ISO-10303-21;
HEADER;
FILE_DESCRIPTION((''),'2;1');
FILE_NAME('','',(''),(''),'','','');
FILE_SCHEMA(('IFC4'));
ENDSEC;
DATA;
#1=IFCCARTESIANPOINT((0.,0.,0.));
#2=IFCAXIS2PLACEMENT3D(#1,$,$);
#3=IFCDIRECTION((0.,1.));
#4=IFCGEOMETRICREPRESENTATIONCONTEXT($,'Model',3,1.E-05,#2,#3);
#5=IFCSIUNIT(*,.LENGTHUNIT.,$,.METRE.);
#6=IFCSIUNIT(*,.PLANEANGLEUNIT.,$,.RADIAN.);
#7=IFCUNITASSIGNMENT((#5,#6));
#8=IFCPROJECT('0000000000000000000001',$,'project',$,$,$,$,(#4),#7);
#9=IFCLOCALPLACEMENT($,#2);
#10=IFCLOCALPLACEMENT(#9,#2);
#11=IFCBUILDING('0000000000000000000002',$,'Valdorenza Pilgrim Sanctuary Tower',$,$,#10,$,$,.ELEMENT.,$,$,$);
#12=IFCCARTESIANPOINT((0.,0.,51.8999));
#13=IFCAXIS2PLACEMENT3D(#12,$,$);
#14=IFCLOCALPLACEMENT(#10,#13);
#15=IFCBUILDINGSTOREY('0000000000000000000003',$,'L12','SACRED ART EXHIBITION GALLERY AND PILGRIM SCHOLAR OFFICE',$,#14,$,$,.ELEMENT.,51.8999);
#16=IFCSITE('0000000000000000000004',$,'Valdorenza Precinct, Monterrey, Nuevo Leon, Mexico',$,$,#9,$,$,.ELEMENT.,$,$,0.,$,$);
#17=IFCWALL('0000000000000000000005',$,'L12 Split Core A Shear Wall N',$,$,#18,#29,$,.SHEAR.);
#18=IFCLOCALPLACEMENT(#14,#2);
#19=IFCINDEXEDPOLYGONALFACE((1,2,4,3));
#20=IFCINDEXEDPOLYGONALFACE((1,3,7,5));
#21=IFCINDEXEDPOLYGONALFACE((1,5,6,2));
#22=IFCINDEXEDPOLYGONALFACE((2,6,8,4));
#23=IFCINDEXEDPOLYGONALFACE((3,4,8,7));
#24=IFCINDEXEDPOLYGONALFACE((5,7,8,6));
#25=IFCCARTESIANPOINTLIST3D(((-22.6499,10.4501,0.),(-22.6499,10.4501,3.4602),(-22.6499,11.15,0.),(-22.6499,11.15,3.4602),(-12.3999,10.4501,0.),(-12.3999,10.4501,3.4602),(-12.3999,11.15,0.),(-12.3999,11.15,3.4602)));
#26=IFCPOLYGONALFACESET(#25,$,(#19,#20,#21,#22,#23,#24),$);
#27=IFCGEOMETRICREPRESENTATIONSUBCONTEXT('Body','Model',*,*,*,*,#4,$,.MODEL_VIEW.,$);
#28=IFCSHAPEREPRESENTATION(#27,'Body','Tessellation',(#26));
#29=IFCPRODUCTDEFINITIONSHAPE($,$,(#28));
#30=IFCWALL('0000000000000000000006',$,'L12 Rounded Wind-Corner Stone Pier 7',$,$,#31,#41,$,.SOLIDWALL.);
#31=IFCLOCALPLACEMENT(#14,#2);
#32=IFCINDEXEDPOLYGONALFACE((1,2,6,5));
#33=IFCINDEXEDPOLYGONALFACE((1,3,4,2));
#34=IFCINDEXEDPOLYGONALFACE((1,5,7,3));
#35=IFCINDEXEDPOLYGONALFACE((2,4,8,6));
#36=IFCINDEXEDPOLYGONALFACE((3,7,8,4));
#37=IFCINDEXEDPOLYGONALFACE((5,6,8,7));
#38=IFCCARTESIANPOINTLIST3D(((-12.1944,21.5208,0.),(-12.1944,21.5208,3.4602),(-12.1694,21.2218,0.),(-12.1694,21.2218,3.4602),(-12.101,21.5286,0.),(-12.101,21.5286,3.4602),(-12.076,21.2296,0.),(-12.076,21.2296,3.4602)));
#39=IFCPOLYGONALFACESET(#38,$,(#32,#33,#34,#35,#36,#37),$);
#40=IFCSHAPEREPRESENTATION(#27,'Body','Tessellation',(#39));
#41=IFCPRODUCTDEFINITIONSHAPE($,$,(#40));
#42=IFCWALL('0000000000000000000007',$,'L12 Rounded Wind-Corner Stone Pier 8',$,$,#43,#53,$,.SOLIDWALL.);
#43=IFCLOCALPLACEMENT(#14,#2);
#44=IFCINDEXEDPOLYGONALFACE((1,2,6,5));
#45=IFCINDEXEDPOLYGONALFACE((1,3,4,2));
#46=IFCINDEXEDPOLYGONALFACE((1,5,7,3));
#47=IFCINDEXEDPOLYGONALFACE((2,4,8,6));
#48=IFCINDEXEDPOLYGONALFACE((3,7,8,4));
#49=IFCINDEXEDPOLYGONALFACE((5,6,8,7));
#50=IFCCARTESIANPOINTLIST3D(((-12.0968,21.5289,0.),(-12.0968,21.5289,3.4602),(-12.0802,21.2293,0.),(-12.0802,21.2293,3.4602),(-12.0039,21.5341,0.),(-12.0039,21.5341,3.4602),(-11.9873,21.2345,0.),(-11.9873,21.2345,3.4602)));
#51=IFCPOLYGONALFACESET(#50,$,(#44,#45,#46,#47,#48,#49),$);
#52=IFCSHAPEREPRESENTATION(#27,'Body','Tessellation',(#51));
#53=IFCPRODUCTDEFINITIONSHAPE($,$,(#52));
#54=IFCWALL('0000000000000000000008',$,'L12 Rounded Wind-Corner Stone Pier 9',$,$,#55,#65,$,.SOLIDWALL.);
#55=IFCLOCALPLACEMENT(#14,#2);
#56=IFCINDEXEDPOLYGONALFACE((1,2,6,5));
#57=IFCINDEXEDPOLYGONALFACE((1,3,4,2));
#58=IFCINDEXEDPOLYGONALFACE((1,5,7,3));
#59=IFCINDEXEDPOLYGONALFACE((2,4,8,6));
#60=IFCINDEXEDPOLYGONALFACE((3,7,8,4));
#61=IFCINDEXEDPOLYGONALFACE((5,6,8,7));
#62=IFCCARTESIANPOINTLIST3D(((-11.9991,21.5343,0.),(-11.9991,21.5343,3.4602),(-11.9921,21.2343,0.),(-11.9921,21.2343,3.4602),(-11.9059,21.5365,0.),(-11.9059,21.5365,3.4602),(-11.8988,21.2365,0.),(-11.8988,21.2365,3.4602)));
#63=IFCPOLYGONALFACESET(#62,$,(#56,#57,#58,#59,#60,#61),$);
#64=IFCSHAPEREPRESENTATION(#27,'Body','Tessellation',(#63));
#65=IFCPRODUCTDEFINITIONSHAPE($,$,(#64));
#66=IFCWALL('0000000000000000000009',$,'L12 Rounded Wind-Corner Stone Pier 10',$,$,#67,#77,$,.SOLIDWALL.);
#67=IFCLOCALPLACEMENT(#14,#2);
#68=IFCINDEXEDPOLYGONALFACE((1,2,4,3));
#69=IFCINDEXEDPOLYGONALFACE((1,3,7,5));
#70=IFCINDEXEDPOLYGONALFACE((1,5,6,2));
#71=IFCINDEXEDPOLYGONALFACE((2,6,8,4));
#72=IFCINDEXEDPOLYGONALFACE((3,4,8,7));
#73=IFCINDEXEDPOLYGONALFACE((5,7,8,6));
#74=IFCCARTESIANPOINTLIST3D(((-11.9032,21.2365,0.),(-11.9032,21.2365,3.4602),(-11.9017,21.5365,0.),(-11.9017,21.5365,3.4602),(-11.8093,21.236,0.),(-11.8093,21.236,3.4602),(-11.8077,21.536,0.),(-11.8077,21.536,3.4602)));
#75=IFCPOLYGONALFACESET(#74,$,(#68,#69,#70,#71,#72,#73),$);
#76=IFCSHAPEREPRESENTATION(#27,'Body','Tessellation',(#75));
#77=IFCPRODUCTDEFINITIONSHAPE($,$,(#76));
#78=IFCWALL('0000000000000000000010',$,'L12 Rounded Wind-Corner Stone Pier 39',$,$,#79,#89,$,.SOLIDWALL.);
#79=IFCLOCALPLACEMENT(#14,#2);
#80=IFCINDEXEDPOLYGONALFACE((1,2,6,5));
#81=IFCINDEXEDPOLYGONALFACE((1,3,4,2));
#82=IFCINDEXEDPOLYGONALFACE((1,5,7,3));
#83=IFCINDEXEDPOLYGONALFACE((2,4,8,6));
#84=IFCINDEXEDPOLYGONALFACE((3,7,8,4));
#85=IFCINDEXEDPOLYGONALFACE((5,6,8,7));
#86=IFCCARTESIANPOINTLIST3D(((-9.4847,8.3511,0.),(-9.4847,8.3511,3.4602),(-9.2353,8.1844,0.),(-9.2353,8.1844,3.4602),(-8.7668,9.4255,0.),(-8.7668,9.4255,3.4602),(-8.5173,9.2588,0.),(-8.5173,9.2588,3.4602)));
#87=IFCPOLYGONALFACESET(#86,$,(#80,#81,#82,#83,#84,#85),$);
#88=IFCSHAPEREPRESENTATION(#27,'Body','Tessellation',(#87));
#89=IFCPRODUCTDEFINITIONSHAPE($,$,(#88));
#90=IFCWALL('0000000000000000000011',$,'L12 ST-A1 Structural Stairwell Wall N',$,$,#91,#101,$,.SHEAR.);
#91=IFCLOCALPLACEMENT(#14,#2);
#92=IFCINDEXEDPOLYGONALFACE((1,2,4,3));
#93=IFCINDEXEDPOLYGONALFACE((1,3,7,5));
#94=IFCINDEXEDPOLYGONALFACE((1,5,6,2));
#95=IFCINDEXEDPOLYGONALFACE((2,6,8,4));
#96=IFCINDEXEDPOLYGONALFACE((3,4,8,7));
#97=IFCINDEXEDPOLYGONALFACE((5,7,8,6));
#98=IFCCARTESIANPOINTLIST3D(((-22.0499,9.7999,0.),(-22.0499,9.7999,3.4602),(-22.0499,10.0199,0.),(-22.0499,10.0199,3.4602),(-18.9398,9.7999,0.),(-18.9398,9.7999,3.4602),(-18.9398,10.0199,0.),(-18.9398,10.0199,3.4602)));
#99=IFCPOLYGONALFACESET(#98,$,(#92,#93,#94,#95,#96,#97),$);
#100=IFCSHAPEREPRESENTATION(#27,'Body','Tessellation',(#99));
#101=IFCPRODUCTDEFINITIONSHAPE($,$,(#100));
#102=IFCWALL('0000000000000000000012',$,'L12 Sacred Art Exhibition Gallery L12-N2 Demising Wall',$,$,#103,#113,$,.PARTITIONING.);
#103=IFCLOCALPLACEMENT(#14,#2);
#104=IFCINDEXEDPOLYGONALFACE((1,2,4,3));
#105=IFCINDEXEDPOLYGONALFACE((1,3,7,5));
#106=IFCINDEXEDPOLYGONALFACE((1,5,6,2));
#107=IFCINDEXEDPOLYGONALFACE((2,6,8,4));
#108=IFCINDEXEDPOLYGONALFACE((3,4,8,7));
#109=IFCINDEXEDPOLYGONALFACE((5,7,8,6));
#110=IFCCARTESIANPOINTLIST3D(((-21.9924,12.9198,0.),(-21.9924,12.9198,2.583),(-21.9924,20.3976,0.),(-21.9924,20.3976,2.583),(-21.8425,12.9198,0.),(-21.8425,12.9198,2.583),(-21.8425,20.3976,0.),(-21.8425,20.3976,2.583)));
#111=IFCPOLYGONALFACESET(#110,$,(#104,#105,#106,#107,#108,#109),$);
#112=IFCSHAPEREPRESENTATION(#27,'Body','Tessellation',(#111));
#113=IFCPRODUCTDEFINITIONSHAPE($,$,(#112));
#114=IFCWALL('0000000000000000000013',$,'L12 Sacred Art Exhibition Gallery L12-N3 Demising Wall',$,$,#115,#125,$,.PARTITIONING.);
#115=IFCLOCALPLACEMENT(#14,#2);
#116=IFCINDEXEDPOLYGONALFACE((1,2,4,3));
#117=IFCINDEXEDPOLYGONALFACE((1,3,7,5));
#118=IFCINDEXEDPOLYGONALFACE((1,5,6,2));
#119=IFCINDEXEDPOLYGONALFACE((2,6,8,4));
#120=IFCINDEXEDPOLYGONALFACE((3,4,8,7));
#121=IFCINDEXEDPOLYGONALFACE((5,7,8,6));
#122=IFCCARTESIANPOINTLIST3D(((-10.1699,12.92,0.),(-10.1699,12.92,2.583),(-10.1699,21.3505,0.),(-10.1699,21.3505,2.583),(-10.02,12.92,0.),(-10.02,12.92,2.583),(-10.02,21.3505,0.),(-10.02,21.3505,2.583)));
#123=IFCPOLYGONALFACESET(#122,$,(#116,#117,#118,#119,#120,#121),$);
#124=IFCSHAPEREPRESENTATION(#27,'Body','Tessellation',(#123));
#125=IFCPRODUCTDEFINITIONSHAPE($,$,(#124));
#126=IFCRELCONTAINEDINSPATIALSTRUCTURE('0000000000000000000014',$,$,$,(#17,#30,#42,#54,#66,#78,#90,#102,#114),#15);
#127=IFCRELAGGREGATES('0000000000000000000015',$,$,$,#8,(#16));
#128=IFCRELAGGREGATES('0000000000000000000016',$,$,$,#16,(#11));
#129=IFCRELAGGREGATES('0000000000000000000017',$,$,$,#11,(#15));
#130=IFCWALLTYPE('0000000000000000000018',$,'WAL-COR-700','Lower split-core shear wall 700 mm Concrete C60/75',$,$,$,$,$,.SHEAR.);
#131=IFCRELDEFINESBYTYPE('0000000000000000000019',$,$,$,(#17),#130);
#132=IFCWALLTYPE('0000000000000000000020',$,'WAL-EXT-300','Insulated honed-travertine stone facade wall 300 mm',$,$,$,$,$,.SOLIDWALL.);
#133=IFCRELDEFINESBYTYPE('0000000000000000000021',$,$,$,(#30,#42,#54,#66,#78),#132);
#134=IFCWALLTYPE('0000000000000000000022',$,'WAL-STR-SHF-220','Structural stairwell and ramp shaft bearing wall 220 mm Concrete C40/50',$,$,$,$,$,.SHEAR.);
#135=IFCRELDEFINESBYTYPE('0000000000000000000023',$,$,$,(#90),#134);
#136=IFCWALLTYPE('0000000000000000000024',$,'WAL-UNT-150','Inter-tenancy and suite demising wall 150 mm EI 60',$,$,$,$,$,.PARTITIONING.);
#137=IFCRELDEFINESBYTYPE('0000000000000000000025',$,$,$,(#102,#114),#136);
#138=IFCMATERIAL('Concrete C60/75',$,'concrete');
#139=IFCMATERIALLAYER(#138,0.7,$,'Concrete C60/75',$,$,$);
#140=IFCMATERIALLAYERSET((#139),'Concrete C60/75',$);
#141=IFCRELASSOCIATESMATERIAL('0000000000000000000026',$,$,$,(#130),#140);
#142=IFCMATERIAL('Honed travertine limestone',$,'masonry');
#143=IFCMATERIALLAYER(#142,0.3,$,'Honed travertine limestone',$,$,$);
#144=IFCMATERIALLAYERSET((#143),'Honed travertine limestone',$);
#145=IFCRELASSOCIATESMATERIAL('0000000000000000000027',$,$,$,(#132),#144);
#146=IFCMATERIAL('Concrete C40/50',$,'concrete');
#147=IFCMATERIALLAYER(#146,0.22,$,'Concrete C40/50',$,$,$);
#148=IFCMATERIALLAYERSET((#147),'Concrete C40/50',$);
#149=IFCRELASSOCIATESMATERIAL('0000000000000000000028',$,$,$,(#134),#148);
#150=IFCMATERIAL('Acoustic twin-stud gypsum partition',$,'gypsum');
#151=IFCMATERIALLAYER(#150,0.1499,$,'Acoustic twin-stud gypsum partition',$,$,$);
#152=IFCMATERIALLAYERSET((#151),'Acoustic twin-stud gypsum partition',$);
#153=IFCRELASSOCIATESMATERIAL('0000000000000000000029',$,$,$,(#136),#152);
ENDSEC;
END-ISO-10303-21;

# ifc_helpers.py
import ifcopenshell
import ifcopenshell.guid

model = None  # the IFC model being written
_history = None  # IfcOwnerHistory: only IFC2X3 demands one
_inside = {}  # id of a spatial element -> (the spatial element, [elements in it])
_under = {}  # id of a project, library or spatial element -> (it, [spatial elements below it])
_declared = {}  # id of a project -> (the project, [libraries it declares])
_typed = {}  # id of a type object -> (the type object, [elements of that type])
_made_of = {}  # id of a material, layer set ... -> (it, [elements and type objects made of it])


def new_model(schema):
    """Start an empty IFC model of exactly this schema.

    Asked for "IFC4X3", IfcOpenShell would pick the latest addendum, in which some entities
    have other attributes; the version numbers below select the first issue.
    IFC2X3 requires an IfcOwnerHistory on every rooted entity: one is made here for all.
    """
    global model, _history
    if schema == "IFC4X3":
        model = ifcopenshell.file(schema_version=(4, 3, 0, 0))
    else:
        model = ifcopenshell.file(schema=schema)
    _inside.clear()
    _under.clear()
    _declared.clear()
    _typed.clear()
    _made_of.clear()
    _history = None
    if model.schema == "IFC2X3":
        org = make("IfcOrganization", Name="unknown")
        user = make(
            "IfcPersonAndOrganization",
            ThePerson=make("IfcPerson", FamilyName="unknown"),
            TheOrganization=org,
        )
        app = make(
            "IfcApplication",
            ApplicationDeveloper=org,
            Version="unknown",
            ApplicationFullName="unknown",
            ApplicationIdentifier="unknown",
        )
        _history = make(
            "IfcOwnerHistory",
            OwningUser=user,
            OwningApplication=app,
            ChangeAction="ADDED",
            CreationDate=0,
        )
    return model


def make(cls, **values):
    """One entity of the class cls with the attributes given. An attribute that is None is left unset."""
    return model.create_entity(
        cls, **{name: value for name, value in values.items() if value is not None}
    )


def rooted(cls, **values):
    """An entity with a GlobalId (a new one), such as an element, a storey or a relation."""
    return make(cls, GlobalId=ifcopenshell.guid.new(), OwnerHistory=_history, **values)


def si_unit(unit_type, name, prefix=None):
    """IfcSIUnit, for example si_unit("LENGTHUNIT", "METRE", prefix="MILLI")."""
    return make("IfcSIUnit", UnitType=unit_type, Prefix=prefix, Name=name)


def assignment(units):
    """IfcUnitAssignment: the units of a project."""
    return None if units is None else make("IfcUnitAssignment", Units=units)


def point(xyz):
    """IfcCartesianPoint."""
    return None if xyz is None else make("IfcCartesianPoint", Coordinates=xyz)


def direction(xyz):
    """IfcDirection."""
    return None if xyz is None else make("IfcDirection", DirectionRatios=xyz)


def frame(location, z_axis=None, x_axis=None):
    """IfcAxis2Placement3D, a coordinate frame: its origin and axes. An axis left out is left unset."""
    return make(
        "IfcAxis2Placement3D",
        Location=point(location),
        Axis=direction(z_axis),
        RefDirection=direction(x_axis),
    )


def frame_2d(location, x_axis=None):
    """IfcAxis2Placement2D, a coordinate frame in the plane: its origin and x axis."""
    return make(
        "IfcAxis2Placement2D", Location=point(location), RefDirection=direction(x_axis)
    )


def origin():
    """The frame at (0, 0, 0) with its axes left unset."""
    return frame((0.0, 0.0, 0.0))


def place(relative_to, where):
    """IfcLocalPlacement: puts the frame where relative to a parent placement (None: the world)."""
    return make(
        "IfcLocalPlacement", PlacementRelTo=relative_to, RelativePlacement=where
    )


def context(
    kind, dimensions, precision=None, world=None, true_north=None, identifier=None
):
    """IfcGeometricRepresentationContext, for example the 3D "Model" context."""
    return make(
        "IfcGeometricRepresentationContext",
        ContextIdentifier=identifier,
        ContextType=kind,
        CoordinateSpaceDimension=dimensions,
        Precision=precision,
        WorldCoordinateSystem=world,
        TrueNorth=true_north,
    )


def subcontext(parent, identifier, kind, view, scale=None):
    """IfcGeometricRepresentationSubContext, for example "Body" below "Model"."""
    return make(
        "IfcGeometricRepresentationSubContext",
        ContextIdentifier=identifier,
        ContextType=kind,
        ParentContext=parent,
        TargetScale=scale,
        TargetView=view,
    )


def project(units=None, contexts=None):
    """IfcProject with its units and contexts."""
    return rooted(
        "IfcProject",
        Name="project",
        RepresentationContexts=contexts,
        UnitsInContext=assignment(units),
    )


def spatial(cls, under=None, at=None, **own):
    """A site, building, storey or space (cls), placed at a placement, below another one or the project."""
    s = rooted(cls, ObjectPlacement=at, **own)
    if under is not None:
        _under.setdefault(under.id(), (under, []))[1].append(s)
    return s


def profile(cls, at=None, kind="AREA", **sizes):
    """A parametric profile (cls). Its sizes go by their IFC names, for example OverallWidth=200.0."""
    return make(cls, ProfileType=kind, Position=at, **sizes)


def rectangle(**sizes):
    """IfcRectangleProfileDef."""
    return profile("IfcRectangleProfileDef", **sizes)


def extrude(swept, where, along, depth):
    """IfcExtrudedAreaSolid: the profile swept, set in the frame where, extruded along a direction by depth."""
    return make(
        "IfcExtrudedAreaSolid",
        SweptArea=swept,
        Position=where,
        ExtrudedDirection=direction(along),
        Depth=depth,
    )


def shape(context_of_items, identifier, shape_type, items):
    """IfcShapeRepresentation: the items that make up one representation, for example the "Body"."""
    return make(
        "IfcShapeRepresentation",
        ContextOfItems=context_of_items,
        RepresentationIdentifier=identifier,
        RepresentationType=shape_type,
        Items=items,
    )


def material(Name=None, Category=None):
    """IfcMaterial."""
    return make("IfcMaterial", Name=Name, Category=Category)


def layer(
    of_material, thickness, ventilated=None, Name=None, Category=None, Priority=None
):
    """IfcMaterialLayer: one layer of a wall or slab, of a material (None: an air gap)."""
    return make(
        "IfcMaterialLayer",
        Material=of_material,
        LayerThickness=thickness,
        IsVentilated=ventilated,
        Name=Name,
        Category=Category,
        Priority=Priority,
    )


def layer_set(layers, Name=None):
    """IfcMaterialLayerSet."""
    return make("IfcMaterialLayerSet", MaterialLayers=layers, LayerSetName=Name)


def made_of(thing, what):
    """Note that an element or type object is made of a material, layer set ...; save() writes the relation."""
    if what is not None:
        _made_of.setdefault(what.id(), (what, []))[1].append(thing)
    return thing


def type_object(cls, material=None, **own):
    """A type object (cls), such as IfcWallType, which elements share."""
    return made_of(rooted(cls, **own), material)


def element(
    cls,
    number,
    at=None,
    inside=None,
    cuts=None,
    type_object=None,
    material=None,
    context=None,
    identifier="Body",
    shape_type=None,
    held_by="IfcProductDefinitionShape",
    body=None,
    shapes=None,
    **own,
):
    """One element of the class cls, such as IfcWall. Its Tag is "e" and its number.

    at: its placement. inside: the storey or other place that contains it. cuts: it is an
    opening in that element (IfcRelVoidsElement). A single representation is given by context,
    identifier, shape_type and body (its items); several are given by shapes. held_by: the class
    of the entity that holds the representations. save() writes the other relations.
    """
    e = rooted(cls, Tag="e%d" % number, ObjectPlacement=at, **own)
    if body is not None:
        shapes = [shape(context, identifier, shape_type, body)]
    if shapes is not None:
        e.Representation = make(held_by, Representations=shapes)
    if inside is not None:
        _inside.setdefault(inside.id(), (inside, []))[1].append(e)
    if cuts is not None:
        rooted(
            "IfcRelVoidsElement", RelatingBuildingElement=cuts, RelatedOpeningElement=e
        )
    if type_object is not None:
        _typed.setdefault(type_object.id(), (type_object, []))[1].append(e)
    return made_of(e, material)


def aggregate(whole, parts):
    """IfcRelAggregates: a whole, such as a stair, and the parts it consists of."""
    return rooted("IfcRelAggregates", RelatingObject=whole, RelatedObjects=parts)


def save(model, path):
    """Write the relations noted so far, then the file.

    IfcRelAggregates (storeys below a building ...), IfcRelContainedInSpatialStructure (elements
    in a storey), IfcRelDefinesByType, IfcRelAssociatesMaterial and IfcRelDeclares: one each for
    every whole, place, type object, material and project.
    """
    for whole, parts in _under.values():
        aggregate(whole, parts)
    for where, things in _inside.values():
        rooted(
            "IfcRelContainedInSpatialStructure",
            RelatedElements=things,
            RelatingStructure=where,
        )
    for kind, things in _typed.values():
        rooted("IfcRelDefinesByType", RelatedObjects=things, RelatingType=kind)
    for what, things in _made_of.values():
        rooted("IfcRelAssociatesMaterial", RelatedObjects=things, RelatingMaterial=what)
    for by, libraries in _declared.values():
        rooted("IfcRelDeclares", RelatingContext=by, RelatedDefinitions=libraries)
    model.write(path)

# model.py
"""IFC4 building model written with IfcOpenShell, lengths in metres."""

from ifc_helpers import new_model, si_unit, direction, frame, frame_2d, origin, place, context, subcontext, project, spatial, rectangle, extrude, material, layer, layer_set, type_object, element, save


model = new_model("IFC4")

# Units and contexts
model_context = context("Model", 3, precision=1e-05, world=origin(), true_north=direction((0.0, 1.0)))
body_context = subcontext(model_context, "Body", "Model", "MODEL_VIEW")
ifc_project = project(units=[si_unit("LENGTHUNIT", "METRE"), si_unit("PLANEANGLEUNIT", "RADIAN")], contexts=[model_context])

# Site, building, storey
site_placement = place(None, origin())
site = spatial("IfcSite", under=ifc_project, at=site_placement, Name="Valdorenza Precinct, Monterrey, Nuevo Leon, Mexico", CompositionType="ELEMENT", RefElevation=0.0)
building_placement = place(site_placement, origin())
building = spatial("IfcBuilding", under=site, at=building_placement, Name="Valdorenza Pilgrim Sanctuary Tower", CompositionType="ELEMENT")
storey_placement = place(building_placement, frame((0.0, 0.0, 51.8999)))
storey = spatial("IfcBuildingStorey", under=building, at=storey_placement, Name="L12", Description="SACRED ART EXHIBITION GALLERY AND PILGRIM SCHOLAR OFFICE", CompositionType="ELEMENT", Elevation=51.8999)

# Shared definitions
ifc_material_1 = material(Name="Concrete C60/75", Category="concrete")

# Shared definitions
ifc_material_2 = material(Name="Honed travertine limestone", Category="masonry")

# Walls
ifc_material_3 = material(Name="Acoustic twin-stud gypsum partition", Category="gypsum")
ifc_layer_1 = layer(ifc_material_1, 0.7, Name="Concrete C60/75")
ifc_layer_set_1 = layer_set([ifc_layer_1], Name="Concrete C60/75")
wall_type_1 = type_object("IfcWallType", Name="WAL-COR-700", Description="Lower split-core shear wall 700 mm Concrete C60/75", PredefinedType="SHEAR", material=ifc_layer_set_1)
wall_1_placement = place(storey_placement, frame((-22.6499, 10.8, 0.0), z_axis=(0.0, 0.0, 1.0), x_axis=(1.0, 0.0, 0.0)))
element("IfcWall", 1, at=wall_1_placement, inside=storey, type_object=wall_type_1, Name="L12 Split Core A Shear Wall N", PredefinedType="SHEAR", context=body_context, shape_type="SweptSolid", body=[
    extrude(rectangle(XDim=10.25, YDim=0.7, at=frame_2d((5.125, 0.0))), origin(), (0.0, 0.0, 1.0), 3.4602),
])
ifc_layer_2 = layer(ifc_material_2, 0.3, Name="Honed travertine limestone")
ifc_layer_set_2 = layer_set([ifc_layer_2], Name="Honed travertine limestone")
wall_type_2 = type_object("IfcWallType", Name="WAL-EXT-300", Description="Insulated honed-travertine stone facade wall 300 mm", PredefinedType="SOLIDWALL", material=ifc_layer_set_2)
wall_2_placement = place(storey_placement, frame((-12.1819, 21.3713, 0.0), z_axis=(0.0, 0.0, 1.0), x_axis=(0.996528, 0.083261, 0.0)))
element("IfcWall", 2, at=wall_2_placement, inside=storey, type_object=wall_type_2, Name="L12 Rounded Wind-Corner Stone Pier 7", PredefinedType="SOLIDWALL", context=body_context, shape_type="SweptSolid", body=[
    extrude(rectangle(XDim=0.0938, YDim=0.3, at=frame_2d((0.0469, 0.0))), origin(), (0.0, 0.0, 1.0), 3.4602),
])
wall_3_placement = place(storey_placement, frame((-12.0884, 21.3792, 0.0), z_axis=(0.0, 0.0, 1.0), x_axis=(0.998476, 0.055179, 0.0)))
element("IfcWall", 3, at=wall_3_placement, inside=storey, type_object=wall_type_2, Name="L12 Rounded Wind-Corner Stone Pier 8", PredefinedType="SOLIDWALL", context=body_context, shape_type="SweptSolid", body=[
    extrude(rectangle(XDim=0.093, YDim=0.3, at=frame_2d((0.0464, 0.0))), origin(), (0.0, 0.0, 1.0), 3.4602),
])
wall_4_placement = place(storey_placement, frame((-11.9956, 21.3843, 0.0), z_axis=(0.0, 0.0, 1.0), x_axis=(0.999723, 0.023554, 0.0)))
element("IfcWall", 4, at=wall_4_placement, inside=storey, type_object=wall_type_2, Name="L12 Rounded Wind-Corner Stone Pier 9", PredefinedType="SOLIDWALL", context=body_context, shape_type="SweptSolid", body=[
    extrude(rectangle(XDim=0.0933, YDim=0.3, at=frame_2d((0.0466, 0.0))), origin(), (0.0, 0.0, 1.0), 3.4602),
])
wall_5_placement = place(storey_placement, frame((-11.9023, 21.3865, 0.0), z_axis=(0.0, 0.0, 1.0), x_axis=(0.999987, -0.005195, 0.0)))
element("IfcWall", 5, at=wall_5_placement, inside=storey, type_object=wall_type_2, Name="L12 Rounded Wind-Corner Stone Pier 10", PredefinedType="SOLIDWALL", context=body_context, shape_type="SweptSolid", body=[
    extrude(rectangle(XDim=0.094, YDim=0.3, at=frame_2d((0.0469, 0.0))), origin(), (0.0, 0.0, 1.0), 3.4602),
])
wall_6_placement = place(storey_placement, frame((-8.6421, 9.342, 0.0), z_axis=(0.0, 0.0, 1.0), x_axis=(-0.555615, -0.831439, 0.0)))
element("IfcWall", 6, at=wall_6_placement, inside=storey, type_object=wall_type_2, Name="L12 Rounded Wind-Corner Stone Pier 39", PredefinedType="SOLIDWALL", context=body_context, shape_type="SweptSolid", body=[
    extrude(rectangle(XDim=1.2922, YDim=0.3, at=frame_2d((0.646, 0.0))), origin(), (0.0, 0.0, 1.0), 3.4602),
])
ifc_material_4 = material(Name="Concrete C40/50", Category="concrete")
ifc_layer_3 = layer(ifc_material_4, 0.22, Name="Concrete C40/50")
ifc_layer_set_3 = layer_set([ifc_layer_3], Name="Concrete C40/50")
wall_type_3 = type_object("IfcWallType", Name="WAL-STR-SHF-220", Description="Structural stairwell and ramp shaft bearing wall 220 mm Concrete C40/50", PredefinedType="SHEAR", material=ifc_layer_set_3)
wall_7_placement = place(storey_placement, frame((-22.05, 9.9099, 0.0), z_axis=(0.0, 0.0, 1.0), x_axis=(1.0, 0.0, 0.0)))
element("IfcWall", 7, at=wall_7_placement, inside=storey, type_object=wall_type_3, Name="L12 ST-A1 Structural Stairwell Wall N", PredefinedType="SHEAR", context=body_context, shape_type="SweptSolid", body=[
    extrude(rectangle(XDim=3.1101, YDim=0.22, at=frame_2d((1.5552, 0.0))), origin(), (0.0, 0.0, 1.0), 3.4602),
])
ifc_layer_4 = layer(ifc_material_3, 0.1499, Name="Acoustic twin-stud gypsum partition")
ifc_layer_set_4 = layer_set([ifc_layer_4], Name="Acoustic twin-stud gypsum partition")
wall_type_4 = type_object("IfcWallType", Name="WAL-UNT-150", Description="Inter-tenancy and suite demising wall 150 mm EI 60", PredefinedType="PARTITIONING", material=ifc_layer_set_4)
wall_8_placement = place(storey_placement, frame((-21.9175, 12.9199, 0.0), z_axis=(0.0, 0.0, 1.0), x_axis=(0.0, 1.0, 0.0)))
element("IfcWall", 8, at=wall_8_placement, inside=storey, type_object=wall_type_4, Name="L12 Sacred Art Exhibition Gallery L12-N2 Demising Wall", PredefinedType="PARTITIONING", context=body_context, shape_type="SweptSolid", body=[
    extrude(rectangle(XDim=7.4778, YDim=0.1499, at=frame_2d((3.7388, 0.0))), origin(), (0.0, 0.0, 1.0), 2.583),
])
wall_9_placement = place(storey_placement, frame((-10.095, 12.9199, 0.0), z_axis=(0.0, 0.0, 1.0), x_axis=(0.0, 1.0, 0.0)))
element("IfcWall", 9, at=wall_9_placement, inside=storey, type_object=wall_type_4, Name="L12 Sacred Art Exhibition Gallery L12-N3 Demising Wall", PredefinedType="PARTITIONING", context=body_context, shape_type="SweptSolid", body=[
    extrude(rectangle(XDim=8.4304, YDim=0.1499, at=frame_2d((4.2153, 0.0))), origin(), (0.0, 0.0, 1.0), 2.583),
])

save(model, "model.ifc")
